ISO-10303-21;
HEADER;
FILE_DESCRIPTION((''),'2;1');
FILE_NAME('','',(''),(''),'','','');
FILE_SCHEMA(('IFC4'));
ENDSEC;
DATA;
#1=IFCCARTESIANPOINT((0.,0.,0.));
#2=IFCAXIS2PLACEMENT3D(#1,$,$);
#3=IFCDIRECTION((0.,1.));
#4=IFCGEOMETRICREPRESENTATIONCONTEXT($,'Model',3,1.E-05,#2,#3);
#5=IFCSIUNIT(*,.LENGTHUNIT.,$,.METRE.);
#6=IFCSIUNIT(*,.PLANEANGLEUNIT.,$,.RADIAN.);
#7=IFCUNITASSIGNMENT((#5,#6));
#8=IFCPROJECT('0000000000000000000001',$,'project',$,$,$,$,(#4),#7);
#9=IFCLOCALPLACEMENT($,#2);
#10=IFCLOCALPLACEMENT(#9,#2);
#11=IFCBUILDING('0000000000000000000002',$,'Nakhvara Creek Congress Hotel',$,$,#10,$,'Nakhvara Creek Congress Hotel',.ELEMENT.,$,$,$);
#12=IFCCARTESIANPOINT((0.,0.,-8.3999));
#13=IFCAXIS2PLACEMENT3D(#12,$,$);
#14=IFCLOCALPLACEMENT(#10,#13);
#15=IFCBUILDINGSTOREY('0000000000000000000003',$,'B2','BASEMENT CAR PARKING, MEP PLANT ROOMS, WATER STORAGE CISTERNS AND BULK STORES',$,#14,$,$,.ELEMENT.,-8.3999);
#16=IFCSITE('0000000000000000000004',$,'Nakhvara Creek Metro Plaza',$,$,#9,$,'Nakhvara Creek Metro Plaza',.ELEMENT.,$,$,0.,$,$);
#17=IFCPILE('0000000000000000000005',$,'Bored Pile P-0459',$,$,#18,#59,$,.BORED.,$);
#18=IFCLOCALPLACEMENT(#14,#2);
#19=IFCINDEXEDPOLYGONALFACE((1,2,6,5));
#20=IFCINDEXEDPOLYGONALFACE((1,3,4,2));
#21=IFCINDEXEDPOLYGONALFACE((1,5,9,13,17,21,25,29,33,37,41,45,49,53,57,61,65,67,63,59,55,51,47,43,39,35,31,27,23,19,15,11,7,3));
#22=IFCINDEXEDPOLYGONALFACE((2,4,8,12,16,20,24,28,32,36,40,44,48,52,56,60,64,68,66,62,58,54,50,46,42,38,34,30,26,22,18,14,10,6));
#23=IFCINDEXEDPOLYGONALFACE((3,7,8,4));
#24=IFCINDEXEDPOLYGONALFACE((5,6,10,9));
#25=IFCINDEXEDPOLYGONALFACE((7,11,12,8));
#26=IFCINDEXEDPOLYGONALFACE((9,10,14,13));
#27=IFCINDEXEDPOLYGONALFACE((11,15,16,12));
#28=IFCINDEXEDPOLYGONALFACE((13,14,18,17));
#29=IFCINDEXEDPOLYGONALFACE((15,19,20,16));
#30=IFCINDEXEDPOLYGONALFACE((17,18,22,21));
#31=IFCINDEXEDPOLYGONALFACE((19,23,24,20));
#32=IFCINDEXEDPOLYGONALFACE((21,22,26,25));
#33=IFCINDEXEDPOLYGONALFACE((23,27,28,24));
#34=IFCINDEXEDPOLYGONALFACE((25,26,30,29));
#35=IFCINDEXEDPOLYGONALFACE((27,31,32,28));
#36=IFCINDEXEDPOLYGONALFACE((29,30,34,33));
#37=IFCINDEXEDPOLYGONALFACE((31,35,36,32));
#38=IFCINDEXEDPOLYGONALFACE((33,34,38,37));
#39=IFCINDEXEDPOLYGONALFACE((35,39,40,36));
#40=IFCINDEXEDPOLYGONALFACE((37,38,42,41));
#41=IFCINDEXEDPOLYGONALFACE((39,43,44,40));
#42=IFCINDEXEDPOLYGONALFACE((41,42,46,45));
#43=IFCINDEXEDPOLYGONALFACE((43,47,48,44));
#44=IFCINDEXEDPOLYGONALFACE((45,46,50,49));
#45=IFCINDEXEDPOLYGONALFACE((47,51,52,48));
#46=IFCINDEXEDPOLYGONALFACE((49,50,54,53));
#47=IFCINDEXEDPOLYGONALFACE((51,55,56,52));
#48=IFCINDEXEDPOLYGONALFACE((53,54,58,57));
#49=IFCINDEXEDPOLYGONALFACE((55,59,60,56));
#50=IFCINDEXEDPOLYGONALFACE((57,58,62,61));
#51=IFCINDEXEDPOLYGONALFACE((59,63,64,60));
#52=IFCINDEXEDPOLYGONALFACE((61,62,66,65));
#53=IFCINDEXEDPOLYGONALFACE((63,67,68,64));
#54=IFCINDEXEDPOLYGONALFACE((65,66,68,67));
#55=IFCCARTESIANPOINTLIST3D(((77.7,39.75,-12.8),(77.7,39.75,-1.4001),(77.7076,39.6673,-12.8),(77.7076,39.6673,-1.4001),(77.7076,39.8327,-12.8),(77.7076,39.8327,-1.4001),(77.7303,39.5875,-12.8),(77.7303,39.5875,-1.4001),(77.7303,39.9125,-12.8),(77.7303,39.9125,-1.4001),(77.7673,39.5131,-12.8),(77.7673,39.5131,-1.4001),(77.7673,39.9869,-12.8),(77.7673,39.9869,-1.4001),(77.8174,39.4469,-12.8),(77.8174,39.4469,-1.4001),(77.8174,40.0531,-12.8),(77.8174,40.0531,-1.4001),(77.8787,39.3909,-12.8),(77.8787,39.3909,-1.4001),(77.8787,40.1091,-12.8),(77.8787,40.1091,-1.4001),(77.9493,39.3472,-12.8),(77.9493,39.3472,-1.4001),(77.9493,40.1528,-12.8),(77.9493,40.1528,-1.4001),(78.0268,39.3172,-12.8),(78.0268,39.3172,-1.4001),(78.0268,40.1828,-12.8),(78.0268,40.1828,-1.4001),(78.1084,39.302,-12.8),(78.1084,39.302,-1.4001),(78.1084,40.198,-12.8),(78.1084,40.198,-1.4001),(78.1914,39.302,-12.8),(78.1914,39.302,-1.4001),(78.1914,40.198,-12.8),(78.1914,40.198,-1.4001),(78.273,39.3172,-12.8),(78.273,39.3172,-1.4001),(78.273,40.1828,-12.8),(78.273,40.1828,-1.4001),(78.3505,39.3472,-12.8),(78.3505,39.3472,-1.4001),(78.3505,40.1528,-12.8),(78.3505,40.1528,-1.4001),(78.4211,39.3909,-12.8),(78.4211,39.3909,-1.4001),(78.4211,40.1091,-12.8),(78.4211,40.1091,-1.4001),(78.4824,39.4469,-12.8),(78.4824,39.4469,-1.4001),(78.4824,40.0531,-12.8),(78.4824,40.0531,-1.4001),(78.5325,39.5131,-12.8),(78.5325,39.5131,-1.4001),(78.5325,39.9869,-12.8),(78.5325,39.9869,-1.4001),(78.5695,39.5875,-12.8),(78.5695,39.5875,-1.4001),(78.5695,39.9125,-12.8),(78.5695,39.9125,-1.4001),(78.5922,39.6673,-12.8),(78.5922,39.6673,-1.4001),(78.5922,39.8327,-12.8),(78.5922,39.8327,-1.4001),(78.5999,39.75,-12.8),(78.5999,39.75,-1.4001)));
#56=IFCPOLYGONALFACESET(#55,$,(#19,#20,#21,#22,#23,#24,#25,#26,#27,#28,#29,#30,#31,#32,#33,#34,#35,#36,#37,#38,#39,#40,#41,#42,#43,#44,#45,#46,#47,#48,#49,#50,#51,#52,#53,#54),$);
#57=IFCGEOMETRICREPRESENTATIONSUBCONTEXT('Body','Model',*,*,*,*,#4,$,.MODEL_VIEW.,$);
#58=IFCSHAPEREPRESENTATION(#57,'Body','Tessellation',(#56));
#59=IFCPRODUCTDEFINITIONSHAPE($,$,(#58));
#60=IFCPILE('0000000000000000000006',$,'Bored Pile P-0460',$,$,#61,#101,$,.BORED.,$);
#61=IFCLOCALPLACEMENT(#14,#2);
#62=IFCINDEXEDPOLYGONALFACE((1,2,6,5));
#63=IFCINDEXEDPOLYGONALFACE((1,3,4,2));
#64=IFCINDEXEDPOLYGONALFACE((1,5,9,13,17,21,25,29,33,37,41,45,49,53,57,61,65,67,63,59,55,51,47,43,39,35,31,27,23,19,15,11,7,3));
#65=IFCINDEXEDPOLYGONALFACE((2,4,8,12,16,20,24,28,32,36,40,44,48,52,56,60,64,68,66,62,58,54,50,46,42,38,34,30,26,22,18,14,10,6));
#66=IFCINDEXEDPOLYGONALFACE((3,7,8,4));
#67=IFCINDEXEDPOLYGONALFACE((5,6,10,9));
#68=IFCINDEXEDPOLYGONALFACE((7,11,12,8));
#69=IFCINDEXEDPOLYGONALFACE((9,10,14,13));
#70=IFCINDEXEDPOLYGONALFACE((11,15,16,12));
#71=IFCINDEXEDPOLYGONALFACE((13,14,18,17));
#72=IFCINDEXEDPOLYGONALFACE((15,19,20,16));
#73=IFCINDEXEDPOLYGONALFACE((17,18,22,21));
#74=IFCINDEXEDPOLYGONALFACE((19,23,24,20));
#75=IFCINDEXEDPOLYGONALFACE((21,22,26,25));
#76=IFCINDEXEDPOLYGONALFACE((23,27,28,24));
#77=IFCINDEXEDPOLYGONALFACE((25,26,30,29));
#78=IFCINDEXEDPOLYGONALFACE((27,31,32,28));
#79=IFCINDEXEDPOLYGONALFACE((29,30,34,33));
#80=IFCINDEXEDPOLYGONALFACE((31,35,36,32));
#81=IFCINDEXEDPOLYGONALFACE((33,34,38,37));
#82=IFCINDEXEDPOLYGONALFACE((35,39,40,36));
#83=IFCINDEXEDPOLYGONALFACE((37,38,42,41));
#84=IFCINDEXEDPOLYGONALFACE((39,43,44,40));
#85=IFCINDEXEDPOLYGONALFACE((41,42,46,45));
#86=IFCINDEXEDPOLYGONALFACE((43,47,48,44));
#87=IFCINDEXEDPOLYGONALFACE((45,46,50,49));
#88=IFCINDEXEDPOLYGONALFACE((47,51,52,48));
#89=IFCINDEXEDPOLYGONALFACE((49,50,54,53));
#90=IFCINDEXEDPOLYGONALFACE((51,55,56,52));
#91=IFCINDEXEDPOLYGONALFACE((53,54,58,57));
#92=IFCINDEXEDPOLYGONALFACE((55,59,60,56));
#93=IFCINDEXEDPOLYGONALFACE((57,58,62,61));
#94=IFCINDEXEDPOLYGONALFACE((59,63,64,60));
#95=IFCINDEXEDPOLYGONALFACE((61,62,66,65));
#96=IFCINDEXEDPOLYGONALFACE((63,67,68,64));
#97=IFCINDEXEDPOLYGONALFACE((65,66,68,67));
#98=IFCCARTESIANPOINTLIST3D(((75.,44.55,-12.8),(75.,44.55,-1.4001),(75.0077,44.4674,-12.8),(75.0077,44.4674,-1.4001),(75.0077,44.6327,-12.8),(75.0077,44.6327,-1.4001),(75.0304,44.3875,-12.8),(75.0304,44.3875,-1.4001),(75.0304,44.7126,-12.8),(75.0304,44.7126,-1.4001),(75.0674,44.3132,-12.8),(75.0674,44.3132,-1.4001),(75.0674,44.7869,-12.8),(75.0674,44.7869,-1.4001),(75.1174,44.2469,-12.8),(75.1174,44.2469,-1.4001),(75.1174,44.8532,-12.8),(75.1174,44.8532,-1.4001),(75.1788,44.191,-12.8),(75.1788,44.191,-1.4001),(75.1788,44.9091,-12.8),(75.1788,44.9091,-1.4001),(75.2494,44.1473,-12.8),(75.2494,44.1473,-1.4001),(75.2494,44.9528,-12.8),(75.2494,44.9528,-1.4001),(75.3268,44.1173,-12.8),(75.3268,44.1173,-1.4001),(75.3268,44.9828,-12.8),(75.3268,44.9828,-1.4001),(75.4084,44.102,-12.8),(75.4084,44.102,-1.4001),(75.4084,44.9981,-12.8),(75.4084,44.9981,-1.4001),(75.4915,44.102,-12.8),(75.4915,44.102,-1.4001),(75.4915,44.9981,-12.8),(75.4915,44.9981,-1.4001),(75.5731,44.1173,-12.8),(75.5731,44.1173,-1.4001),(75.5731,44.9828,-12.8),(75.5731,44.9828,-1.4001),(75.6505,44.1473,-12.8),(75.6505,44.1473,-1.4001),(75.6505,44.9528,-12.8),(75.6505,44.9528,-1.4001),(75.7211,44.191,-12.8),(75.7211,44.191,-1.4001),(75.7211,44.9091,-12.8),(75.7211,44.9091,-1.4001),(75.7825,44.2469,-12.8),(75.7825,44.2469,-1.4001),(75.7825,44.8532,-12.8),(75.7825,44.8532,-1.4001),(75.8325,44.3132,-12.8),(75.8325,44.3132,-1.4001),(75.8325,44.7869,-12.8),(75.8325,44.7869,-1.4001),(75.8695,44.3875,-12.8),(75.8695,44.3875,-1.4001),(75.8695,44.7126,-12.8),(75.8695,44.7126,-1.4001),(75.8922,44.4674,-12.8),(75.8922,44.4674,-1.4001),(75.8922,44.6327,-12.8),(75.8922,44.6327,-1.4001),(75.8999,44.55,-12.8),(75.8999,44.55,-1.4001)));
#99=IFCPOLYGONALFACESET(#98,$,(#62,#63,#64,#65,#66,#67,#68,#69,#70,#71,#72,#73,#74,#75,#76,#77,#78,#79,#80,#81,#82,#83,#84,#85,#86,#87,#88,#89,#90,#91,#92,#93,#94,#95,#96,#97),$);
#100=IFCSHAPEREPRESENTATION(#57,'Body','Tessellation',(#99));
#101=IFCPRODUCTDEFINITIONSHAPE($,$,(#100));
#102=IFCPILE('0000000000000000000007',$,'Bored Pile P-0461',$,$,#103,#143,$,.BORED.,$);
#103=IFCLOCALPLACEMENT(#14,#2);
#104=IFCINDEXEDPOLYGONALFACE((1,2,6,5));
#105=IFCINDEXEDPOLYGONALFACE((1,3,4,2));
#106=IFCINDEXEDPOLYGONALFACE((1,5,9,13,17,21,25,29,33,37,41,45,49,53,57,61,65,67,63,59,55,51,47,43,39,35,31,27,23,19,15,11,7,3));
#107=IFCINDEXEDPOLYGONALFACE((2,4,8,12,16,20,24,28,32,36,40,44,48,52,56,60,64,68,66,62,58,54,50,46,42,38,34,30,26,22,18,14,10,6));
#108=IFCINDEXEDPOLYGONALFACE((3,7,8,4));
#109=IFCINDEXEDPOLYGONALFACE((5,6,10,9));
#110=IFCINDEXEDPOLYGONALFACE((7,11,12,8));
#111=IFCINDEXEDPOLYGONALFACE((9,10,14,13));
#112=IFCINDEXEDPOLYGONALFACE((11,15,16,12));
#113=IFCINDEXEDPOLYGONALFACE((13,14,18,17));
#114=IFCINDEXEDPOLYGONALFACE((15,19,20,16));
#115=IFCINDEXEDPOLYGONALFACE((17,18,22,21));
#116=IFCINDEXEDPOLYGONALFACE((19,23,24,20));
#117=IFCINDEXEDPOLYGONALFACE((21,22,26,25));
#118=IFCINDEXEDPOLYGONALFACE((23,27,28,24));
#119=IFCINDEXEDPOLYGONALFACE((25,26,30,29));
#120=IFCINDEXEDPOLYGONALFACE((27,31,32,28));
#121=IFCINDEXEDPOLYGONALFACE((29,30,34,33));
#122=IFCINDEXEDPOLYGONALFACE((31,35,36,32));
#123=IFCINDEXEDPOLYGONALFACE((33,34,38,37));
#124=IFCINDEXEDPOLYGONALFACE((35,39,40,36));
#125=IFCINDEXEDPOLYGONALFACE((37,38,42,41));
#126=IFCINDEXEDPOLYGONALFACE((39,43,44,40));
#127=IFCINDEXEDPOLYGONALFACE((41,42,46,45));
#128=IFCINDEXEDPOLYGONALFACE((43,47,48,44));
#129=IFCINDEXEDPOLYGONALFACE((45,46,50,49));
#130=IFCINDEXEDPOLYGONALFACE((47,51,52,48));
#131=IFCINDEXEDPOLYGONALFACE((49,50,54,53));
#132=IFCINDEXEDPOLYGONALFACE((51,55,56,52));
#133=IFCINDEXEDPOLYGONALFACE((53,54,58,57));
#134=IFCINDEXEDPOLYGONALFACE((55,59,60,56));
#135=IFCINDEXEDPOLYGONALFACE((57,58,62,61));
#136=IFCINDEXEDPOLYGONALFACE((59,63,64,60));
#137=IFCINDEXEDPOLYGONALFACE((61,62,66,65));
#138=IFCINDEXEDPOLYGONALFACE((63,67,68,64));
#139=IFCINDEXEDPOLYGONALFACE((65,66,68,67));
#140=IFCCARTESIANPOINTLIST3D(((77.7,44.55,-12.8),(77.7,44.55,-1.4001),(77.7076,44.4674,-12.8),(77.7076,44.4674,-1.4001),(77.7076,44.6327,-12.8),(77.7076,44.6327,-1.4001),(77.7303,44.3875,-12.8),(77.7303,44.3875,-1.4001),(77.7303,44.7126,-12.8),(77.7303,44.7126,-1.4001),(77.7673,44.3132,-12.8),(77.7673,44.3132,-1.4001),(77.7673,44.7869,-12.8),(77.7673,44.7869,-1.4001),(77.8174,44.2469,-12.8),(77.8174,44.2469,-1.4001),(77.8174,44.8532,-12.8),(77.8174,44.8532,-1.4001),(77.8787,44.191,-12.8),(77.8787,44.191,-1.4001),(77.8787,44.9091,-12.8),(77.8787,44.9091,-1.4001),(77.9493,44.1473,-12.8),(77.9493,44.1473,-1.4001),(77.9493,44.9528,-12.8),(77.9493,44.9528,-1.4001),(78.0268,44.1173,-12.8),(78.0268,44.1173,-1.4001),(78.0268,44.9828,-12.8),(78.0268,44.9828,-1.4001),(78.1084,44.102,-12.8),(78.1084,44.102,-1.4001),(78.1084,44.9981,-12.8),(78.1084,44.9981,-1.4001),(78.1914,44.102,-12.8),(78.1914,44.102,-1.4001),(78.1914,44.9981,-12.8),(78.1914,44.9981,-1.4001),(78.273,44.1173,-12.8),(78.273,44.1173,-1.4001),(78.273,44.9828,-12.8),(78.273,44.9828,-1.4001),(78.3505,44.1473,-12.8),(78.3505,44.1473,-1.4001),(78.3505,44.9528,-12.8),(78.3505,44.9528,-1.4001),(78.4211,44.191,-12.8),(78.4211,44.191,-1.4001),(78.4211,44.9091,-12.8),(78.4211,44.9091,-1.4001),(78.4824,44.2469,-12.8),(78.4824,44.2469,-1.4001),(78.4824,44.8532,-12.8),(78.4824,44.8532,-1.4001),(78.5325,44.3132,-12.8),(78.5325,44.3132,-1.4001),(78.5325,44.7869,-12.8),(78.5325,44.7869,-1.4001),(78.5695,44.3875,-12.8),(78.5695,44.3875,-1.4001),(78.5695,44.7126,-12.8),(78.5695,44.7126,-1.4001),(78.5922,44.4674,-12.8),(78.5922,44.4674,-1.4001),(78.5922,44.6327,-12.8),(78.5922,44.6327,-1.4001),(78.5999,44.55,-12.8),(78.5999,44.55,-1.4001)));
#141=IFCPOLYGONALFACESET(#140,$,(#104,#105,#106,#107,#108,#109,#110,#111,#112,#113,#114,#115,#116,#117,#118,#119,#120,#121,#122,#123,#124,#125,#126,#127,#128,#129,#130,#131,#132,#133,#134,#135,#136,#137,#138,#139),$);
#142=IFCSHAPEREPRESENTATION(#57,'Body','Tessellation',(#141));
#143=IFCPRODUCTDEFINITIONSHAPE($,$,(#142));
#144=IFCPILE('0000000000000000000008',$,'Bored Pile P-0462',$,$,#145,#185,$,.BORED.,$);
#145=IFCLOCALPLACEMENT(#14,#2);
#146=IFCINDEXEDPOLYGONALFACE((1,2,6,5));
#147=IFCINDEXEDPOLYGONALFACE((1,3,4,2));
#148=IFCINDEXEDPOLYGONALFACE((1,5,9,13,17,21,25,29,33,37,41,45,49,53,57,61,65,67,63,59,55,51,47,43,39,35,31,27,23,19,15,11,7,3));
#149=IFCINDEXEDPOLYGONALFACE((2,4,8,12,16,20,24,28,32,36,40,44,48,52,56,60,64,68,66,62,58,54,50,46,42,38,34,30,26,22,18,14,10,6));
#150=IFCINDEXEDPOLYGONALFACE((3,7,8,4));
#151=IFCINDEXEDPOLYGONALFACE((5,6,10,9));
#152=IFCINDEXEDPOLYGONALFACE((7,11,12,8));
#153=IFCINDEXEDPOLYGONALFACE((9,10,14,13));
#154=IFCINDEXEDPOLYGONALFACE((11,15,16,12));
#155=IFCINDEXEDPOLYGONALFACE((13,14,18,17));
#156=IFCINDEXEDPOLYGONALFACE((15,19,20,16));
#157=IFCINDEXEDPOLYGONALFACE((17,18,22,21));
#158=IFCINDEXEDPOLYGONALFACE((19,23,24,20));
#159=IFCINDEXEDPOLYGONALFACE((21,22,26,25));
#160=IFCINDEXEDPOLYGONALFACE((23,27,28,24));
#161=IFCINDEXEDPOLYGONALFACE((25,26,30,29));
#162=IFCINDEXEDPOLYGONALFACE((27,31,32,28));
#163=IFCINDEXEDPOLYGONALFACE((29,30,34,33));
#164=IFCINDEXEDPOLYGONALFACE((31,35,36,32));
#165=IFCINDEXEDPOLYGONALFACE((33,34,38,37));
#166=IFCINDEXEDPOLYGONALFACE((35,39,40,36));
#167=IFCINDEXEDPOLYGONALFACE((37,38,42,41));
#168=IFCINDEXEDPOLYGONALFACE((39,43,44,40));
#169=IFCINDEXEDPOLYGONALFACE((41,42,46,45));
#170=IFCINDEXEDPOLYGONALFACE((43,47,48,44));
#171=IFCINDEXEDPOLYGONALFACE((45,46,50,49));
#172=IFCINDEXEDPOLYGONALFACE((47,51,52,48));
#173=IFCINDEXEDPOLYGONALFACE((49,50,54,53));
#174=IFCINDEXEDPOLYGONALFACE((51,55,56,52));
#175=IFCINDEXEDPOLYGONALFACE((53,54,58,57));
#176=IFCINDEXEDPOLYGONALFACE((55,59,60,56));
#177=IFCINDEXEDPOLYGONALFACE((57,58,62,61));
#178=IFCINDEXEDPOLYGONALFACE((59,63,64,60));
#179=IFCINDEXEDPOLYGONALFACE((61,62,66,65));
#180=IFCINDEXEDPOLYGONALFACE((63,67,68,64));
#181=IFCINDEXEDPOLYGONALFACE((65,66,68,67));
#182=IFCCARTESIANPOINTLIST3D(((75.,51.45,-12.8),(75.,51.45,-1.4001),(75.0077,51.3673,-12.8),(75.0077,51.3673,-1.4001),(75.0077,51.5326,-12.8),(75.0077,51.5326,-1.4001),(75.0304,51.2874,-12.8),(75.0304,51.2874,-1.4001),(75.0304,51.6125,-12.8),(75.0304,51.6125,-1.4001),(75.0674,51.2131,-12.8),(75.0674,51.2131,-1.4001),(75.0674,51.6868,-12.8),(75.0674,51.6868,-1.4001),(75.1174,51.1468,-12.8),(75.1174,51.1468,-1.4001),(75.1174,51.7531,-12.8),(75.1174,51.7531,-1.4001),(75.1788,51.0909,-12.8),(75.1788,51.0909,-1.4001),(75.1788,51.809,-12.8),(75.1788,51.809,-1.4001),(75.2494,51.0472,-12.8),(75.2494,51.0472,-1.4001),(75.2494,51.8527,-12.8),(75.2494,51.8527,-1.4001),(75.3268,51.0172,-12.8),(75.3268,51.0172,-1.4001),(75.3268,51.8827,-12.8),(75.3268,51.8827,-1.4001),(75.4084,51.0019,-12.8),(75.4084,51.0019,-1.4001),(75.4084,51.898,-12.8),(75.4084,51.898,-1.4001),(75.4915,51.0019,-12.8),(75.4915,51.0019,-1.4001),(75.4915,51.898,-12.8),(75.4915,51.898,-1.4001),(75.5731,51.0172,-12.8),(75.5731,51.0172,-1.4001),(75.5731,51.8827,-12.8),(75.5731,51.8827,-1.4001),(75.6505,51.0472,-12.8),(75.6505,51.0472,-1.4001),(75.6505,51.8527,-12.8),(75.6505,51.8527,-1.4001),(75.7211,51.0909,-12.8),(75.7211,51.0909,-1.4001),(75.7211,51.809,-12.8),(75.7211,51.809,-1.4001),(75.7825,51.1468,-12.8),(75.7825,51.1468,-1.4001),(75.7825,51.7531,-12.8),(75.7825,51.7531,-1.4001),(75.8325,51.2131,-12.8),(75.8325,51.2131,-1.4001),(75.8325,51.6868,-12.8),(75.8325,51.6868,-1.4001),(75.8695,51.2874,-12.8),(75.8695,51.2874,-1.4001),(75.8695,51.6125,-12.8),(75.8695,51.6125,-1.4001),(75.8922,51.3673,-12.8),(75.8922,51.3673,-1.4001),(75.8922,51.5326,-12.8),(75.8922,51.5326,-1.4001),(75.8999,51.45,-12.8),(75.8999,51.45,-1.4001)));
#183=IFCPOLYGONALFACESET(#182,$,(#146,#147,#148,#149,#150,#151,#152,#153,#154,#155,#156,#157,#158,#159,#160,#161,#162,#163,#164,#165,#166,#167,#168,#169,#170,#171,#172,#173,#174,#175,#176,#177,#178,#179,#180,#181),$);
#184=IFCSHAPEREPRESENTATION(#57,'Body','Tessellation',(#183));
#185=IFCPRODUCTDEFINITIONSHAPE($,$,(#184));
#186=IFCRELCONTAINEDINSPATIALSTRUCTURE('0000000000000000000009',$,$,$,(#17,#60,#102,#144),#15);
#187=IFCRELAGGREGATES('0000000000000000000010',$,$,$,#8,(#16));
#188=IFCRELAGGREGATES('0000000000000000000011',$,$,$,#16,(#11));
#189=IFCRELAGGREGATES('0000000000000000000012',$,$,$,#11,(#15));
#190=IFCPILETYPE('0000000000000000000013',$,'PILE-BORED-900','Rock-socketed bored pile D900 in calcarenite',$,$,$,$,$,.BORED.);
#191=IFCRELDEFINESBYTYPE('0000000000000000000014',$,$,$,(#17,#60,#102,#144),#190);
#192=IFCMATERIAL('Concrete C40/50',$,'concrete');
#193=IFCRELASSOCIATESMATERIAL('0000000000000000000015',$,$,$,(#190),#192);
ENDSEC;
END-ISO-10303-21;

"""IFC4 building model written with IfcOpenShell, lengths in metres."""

from ifc_helpers import new_model, si_unit, direction, frame, origin, origin_2d, place, context, subcontext, project, spatial, circle, extrude, material, material_profile, profile_set, type_object, element, save


model = new_model("IFC4")

# Units and contexts
model_context = context("Model", 3, precision=1e-05, world=origin(), true_north=direction((0.0, 1.0)))
body_context = subcontext(model_context, "Body", "Model", "MODEL_VIEW")
ifc_project = project(units=[si_unit("LENGTHUNIT", "METRE"), si_unit("PLANEANGLEUNIT", "RADIAN")], contexts=[model_context])

# Site, building, storey
site_placement = place(None, origin())
site = spatial("IfcSite", under=ifc_project, at=site_placement, Name="Nakhvara Creek Metro Plaza", LongName="Nakhvara Creek Metro Plaza", CompositionType="ELEMENT", RefElevation=0.0)
building_placement = place(site_placement, origin())
building = spatial("IfcBuilding", under=site, at=building_placement, Name="Nakhvara Creek Congress Hotel", LongName="Nakhvara Creek Congress Hotel", CompositionType="ELEMENT")
storey_placement = place(building_placement, frame((0.0, 0.0, -8.3999)))
storey = spatial("IfcBuildingStorey", under=building, at=storey_placement, Name="B2", Description="BASEMENT CAR PARKING, MEP PLANT ROOMS, WATER STORAGE CISTERNS AND BULK STORES", CompositionType="ELEMENT", Elevation=-8.3999)

# Shared definitions
ifc_material_1 = material(Name="Concrete C40/50", Category="concrete")

# Piles
ifc_material_profile_1 = material_profile(ifc_material_1, circle(Radius=0.45, at=origin_2d()), Name="BORED PILE D900", Category="LoadBearing")
ifc_profile_set_1 = profile_set([ifc_material_profile_1], Name="Concrete C40/50")
pile_type = type_object("IfcPileType", Name="PILE-BORED-900", Description="Rock-socketed bored pile D900 in calcarenite", PredefinedType="BORED", material=ifc_profile_set_1)
for number, where, z_axis, x_axis, name in (
    (1, (78.1499, 39.75, -1.4001), (0.0, 0.0, -1.0), (1.0, 0.0, 0.0), "Bored Pile P-0459"),
    (2, (75.45, 44.55, -1.4001), (0.0, 0.0, -1.0), (1.0, 0.0, 0.0), "Bored Pile P-0460"),
    (3, (78.1499, 44.55, -1.4001), (0.0, 0.0, -1.0), (1.0, 0.0, 0.0), "Bored Pile P-0461"),
    (4, (75.45, 51.45, -1.4001), (0.0, 0.0, -1.0), (1.0, 0.0, 0.0), "Bored Pile P-0462"),
):
    element("IfcPile", number, at=place(storey_placement, frame(where, z_axis=z_axis, x_axis=x_axis)), inside=storey, type_object=pile_type, Name=name, PredefinedType="BORED", context=body_context, shape_type="SweptSolid", body=[
        extrude(circle(Radius=0.45, at=origin_2d()), origin(), (0.0, 0.0, 1.0), 11.3999),
    ])

save(model, "model.ifc")
